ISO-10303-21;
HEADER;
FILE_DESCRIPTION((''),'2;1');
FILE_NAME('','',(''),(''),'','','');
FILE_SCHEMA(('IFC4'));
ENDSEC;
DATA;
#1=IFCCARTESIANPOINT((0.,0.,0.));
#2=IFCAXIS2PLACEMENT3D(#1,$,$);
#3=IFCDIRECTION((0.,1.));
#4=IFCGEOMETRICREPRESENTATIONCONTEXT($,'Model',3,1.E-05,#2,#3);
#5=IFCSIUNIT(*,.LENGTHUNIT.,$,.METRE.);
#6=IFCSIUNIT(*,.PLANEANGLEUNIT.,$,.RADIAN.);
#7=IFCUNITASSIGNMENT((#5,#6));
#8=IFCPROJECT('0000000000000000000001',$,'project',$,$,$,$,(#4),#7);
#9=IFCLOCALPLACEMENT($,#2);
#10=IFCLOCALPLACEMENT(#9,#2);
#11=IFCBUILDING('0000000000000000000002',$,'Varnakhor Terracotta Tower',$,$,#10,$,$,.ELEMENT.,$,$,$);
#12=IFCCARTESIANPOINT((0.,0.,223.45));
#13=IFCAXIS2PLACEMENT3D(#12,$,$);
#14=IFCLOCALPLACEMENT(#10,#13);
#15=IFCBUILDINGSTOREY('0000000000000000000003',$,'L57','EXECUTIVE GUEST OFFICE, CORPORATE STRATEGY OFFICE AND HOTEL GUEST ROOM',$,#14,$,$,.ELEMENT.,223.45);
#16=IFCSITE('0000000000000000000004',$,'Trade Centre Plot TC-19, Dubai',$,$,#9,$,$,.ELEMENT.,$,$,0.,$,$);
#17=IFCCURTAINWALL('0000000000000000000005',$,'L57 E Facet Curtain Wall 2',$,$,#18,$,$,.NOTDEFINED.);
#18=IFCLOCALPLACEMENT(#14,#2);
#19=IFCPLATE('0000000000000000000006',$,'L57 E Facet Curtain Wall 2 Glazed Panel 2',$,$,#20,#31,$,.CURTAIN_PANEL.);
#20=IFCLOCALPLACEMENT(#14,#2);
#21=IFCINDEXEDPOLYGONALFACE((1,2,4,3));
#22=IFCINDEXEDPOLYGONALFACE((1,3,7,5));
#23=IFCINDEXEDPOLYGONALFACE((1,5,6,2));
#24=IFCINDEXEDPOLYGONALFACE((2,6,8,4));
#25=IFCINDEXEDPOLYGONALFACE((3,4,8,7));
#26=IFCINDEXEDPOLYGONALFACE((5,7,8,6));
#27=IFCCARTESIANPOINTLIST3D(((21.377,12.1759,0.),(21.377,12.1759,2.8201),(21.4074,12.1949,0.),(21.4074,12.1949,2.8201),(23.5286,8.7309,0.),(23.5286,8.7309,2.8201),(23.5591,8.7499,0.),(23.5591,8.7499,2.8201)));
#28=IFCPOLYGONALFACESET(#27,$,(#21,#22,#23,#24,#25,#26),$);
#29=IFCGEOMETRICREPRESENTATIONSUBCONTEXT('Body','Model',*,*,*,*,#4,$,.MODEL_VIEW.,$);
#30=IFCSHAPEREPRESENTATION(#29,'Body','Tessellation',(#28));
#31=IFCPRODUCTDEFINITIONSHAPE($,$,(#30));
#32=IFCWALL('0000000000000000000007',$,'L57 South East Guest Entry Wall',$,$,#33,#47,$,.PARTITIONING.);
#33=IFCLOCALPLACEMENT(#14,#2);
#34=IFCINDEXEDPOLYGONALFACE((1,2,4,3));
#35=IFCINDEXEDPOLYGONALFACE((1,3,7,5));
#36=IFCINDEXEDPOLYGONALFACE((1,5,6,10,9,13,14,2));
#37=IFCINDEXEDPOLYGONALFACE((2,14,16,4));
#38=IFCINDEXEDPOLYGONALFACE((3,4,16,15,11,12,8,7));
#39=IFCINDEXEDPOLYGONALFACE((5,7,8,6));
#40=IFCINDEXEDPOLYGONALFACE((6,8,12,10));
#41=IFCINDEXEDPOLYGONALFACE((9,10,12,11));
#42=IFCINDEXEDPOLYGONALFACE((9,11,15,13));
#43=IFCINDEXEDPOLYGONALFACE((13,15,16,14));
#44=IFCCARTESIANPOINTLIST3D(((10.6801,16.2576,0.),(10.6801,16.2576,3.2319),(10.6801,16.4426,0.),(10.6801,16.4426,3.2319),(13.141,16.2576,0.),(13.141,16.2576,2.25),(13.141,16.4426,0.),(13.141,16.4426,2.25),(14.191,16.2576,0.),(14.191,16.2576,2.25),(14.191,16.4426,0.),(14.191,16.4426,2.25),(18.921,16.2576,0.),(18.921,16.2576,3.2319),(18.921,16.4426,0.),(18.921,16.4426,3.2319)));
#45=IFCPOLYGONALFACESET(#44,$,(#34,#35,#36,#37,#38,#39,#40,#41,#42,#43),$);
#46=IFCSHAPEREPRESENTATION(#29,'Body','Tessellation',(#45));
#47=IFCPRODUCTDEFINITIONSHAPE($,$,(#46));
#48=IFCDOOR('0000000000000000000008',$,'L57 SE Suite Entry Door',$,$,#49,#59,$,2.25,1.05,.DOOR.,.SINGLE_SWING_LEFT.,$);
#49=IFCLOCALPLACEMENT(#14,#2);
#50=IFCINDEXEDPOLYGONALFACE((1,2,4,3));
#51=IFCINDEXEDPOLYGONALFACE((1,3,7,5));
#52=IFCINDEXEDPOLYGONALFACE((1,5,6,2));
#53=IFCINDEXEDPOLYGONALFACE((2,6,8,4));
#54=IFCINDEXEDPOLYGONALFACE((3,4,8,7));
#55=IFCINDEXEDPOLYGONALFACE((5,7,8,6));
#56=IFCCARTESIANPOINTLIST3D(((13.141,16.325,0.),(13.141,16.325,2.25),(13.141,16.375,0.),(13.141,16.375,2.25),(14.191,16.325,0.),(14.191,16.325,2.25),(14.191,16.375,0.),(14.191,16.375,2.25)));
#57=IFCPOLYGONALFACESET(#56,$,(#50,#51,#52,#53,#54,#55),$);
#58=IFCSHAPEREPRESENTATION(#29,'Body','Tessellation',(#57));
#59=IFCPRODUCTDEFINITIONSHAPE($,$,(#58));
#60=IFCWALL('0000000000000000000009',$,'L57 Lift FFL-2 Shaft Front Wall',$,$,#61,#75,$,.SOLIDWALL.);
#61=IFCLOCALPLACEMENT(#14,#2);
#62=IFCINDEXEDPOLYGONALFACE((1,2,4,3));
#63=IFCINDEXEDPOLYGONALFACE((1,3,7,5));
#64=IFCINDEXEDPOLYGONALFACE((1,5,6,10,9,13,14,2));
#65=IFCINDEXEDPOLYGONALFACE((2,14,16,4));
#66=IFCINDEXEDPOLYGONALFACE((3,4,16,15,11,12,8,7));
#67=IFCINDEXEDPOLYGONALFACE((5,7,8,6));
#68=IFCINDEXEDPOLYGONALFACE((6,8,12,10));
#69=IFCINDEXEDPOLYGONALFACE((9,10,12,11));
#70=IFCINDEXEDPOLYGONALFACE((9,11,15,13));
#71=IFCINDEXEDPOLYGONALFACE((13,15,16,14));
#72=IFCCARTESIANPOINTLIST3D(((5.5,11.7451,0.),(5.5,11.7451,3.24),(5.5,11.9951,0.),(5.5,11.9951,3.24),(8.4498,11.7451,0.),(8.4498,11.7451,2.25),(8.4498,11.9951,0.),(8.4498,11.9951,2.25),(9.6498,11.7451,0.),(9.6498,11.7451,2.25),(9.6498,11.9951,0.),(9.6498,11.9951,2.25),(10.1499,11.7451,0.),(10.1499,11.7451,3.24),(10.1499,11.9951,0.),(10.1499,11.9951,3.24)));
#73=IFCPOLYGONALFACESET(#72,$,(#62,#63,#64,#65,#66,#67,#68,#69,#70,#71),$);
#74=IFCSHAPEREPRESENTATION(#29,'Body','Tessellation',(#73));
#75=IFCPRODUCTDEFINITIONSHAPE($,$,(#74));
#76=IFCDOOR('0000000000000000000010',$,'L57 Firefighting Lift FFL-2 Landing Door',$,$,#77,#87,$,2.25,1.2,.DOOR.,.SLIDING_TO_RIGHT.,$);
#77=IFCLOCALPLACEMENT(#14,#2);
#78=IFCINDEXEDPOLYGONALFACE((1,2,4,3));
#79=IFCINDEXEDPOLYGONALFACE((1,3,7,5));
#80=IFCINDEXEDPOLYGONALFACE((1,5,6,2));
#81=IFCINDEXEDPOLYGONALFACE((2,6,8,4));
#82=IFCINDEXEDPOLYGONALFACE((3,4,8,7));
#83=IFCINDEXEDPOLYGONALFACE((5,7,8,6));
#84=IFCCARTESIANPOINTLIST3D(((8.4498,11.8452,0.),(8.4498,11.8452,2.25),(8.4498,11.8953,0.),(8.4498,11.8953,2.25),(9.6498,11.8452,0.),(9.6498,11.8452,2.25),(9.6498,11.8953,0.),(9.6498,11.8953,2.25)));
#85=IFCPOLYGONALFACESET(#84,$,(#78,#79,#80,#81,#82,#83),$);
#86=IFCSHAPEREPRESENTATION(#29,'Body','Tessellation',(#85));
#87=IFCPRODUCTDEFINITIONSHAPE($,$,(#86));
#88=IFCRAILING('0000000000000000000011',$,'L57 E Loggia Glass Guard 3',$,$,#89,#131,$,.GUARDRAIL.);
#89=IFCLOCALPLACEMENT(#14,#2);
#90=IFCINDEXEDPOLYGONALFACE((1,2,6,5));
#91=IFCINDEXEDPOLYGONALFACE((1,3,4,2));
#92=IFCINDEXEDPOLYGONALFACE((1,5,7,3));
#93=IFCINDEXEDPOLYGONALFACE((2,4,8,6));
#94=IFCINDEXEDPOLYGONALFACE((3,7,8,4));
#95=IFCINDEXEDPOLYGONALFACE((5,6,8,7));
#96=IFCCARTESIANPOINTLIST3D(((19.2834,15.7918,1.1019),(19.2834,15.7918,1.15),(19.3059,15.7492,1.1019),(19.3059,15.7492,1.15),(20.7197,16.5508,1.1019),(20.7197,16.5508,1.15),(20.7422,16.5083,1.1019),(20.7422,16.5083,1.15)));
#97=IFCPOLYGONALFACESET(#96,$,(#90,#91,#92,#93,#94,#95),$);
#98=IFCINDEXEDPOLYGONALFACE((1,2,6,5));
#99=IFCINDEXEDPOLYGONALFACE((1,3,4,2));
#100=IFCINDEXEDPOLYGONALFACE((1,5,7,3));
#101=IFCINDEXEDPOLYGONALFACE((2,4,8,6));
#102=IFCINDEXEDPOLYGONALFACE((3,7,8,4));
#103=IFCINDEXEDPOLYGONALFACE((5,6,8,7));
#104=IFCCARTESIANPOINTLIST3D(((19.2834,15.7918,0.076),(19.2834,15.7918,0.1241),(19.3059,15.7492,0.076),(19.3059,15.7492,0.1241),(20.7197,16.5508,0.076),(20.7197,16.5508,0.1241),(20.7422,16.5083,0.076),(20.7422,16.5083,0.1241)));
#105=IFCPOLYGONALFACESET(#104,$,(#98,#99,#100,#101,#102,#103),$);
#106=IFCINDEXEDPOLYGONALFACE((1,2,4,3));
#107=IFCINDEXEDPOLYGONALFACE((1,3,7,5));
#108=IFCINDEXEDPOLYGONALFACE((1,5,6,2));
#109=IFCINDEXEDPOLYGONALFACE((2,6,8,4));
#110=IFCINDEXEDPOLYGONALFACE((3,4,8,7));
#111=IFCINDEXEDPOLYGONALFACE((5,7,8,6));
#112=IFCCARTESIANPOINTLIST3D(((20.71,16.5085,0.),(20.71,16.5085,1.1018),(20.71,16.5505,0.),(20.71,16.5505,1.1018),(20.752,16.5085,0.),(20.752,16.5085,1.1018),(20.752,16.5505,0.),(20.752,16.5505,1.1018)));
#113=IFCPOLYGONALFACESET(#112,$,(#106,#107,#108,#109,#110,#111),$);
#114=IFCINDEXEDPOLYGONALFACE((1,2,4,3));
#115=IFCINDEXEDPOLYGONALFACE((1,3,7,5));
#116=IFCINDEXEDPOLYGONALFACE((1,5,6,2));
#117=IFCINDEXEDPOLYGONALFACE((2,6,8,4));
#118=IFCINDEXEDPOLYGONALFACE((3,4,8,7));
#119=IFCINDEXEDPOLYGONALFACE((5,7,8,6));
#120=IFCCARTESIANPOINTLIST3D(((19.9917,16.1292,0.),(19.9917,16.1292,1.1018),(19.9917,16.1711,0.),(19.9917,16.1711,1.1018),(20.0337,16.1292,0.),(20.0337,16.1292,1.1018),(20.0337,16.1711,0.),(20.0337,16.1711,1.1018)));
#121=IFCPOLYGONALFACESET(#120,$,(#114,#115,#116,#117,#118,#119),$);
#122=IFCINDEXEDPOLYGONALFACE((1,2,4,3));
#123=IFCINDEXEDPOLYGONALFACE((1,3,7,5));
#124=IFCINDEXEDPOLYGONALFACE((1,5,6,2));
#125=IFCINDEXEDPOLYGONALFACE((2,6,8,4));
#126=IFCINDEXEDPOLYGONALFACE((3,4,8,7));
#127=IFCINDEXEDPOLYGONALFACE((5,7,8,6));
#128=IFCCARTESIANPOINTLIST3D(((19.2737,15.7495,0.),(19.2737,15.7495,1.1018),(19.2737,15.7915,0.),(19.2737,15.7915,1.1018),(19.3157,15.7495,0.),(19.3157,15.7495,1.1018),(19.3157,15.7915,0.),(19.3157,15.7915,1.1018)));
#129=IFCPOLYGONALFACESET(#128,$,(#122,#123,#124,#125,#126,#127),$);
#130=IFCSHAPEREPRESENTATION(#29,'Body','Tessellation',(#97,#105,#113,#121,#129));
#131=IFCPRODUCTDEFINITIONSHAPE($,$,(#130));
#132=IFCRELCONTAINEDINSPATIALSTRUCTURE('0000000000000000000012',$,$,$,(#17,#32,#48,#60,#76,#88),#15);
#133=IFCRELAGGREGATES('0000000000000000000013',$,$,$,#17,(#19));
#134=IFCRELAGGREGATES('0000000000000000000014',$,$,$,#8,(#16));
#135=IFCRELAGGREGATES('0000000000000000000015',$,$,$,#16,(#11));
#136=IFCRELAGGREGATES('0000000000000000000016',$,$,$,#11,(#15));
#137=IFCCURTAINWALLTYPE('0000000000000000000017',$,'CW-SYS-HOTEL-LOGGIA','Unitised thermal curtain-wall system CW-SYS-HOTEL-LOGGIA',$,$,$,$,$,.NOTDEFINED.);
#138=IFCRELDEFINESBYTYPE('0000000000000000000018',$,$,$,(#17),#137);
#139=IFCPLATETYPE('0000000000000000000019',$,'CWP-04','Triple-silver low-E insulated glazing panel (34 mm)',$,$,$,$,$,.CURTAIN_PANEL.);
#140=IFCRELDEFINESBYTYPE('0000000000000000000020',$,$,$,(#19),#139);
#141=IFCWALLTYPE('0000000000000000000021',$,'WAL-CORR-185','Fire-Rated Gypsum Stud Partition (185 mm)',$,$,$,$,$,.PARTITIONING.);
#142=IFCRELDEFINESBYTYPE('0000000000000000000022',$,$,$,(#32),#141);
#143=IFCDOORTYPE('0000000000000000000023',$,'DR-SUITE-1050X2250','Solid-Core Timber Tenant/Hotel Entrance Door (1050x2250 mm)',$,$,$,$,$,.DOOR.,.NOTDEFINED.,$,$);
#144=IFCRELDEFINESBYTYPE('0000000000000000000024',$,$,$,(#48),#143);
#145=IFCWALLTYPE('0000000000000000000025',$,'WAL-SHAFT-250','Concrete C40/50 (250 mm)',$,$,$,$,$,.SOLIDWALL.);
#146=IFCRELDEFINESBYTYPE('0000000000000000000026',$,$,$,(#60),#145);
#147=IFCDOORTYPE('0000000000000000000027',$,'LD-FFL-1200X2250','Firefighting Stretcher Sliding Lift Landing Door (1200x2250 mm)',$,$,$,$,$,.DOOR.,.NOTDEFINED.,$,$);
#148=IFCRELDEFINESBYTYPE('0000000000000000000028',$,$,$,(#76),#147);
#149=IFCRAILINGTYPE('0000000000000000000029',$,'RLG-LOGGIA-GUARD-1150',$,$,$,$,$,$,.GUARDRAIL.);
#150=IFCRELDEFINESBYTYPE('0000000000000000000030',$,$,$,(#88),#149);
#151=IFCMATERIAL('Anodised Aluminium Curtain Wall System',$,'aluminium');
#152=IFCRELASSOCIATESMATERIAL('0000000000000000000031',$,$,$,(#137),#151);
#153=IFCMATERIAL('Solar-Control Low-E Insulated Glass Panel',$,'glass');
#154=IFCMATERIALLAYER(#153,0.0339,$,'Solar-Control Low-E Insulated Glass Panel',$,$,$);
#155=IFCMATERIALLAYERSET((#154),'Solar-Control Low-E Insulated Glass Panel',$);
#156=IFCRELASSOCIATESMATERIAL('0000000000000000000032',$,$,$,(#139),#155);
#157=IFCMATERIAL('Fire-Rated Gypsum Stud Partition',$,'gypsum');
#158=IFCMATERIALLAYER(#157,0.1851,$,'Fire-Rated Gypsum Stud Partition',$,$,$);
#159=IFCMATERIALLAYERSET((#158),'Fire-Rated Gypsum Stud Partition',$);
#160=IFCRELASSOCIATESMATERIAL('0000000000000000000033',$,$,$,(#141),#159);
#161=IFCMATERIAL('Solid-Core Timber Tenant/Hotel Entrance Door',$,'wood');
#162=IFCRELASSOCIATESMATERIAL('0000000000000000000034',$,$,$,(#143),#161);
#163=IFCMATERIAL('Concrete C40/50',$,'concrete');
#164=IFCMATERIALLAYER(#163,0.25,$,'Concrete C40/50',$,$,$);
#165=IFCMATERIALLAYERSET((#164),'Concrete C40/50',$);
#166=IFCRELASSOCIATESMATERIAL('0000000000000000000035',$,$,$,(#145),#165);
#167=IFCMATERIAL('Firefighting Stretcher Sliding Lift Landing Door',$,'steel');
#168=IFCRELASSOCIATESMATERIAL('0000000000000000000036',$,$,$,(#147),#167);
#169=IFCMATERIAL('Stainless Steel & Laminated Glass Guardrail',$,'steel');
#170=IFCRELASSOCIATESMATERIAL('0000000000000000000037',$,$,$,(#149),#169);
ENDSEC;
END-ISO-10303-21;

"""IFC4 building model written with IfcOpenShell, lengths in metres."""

from ifc_helpers import new_model, si_unit, direction, frame, frame_2d, origin, origin_2d, place, context, subcontext, project, spatial, rectangle, extrude, source, transform, mapped, material, layer, layer_set, type_object, type_shapes, element, fill, aggregate, save


model = new_model("IFC4")

# Units and contexts
model_context = context("Model", 3, precision=1e-05, world=origin(), true_north=direction((0.0, 1.0)))
body_context = subcontext(model_context, "Body", "Model", "MODEL_VIEW")
ifc_project = project(units=[si_unit("LENGTHUNIT", "METRE"), si_unit("PLANEANGLEUNIT", "RADIAN")], contexts=[model_context])

# Site, building, storey
site_placement = place(None, origin())
site = spatial("IfcSite", under=ifc_project, at=site_placement, Name="Trade Centre Plot TC-19, Dubai", CompositionType="ELEMENT", RefElevation=0.0)
building_placement = place(site_placement, origin())
building = spatial("IfcBuilding", under=site, at=building_placement, Name="Varnakhor Terracotta Tower", CompositionType="ELEMENT")
storey_placement = place(building_placement, frame((0.0, 0.0, 223.45)))
storey = spatial("IfcBuildingStorey", under=building, at=storey_placement, Name="L57", Description="EXECUTIVE GUEST OFFICE, CORPORATE STRATEGY OFFICE AND HOTEL GUEST ROOM", CompositionType="ELEMENT", Elevation=223.45)

# Curtain wall
ifc_material_1 = material(Name="Anodised Aluminium Curtain Wall System", Category="aluminium")
curtain_wall_type = type_object("IfcCurtainWallType", Name="CW-SYS-HOTEL-LOGGIA", Description="Unitised thermal curtain-wall system CW-SYS-HOTEL-LOGGIA", PredefinedType="NOTDEFINED", material=ifc_material_1)
curtain_wall_placement = place(storey_placement, origin())
curtain_wall = element("IfcCurtainWall", 1, at=curtain_wall_placement, inside=storey, type_object=curtain_wall_type, Name="L57 E Facet Curtain Wall 2", PredefinedType="NOTDEFINED")

# Plate
ifc_material_2 = material(Name="Solar-Control Low-E Insulated Glass Panel", Category="glass")
ifc_layer_1 = layer(ifc_material_2, 0.0339, Name="Solar-Control Low-E Insulated Glass Panel")
ifc_layer_set_1 = layer_set([ifc_layer_1], Name="Solar-Control Low-E Insulated Glass Panel")
plate_type = type_object("IfcPlateType", Name="CWP-04", Description="Triple-silver low-E insulated glazing panel (34 mm)", PredefinedType="CURTAIN_PANEL", material=ifc_layer_set_1)
shared_shape_1 = source(origin(), body_context, "Body", "SweptSolid", [
    extrude(rectangle(XDim=4.0618, YDim=0.0359, at=origin_2d()), origin(), (0.0, 0.0, 1.0), 2.8201),
])
plate_1_placement = place(storey_placement, frame((22.468, 10.4629, 0.0), z_axis=(0.0, 0.0, 1.0), x_axis=(0.529727, -0.848168, 0.0)))
plate_1 = element("IfcPlate", 2, at=plate_1_placement, type_object=plate_type, Name="L57 E Facet Curtain Wall 2 Glazed Panel 2", PredefinedType="CURTAIN_PANEL", context=body_context, shape_type="MappedRepresentation", body=[
    mapped(shared_shape_1, transform((0.0, 0.0, 0.0), scale=1.0)),
])
aggregate(curtain_wall, [plate_1])

# Walls, openings, doors
ifc_material_3 = material(Name="Fire-Rated Gypsum Stud Partition", Category="gypsum")
ifc_layer_2 = layer(ifc_material_3, 0.1851, Name="Fire-Rated Gypsum Stud Partition")
ifc_layer_set_2 = layer_set([ifc_layer_2], Name="Fire-Rated Gypsum Stud Partition")
wall_type_1 = type_object("IfcWallType", Name="WAL-CORR-185", Description="Fire-Rated Gypsum Stud Partition (185 mm)", PredefinedType="PARTITIONING", material=ifc_layer_set_2)
wall_1_placement = place(storey_placement, frame((10.6799, 16.3501, 0.0), z_axis=(0.0, 0.0, 1.0), x_axis=(1.0, 0.0, 0.0)))
wall_1 = element("IfcWall", 3, at=wall_1_placement, inside=storey, type_object=wall_type_1, Name="L57 South East Guest Entry Wall", PredefinedType="PARTITIONING", context=body_context, shape_type="SweptSolid", body=[
    extrude(rectangle(XDim=8.241, YDim=0.1851, at=frame_2d((4.1206, 0.0))), origin(), (0.0, 0.0, 1.0), 3.2319),
])
opening_1_placement = place(wall_1_placement, frame((2.4612, 0.0, 0.0)))
opening_1 = element("IfcOpeningElement", 4, at=opening_1_placement, cuts=wall_1, PredefinedType="OPENING", context=body_context, shape_type="SweptSolid", body=[
    extrude(rectangle(XDim=1.05, YDim=2.25, at=frame_2d((0.5249, 1.125))), frame((0.0, 0.1025, 0.0), z_axis=(0.0, -1.0, 0.0), x_axis=(1.0, 0.0, 0.0)), (0.0, 0.0, 1.0), 0.2051),
])
ifc_material_4 = material(Name="Solid-Core Timber Tenant/Hotel Entrance Door", Category="wood")
door_type_1 = type_object("IfcDoorType", Name="DR-SUITE-1050X2250", Description="Solid-Core Timber Tenant/Hotel Entrance Door (1050x2250 mm)", OperationType="NOTDEFINED", PredefinedType="DOOR", material=ifc_material_4)
shared_shape_2 = source(origin(), body_context, "Body", "SweptSolid", [
    extrude(rectangle(XDim=1.05, YDim=2.25, at=frame_2d((0.5249, 1.125))), frame((0.0, 0.0249, 0.0), z_axis=(0.0, -1.0, 0.0), x_axis=(1.0, 0.0, 0.0)), (0.0, 0.0, 1.0), 0.05),
])
type_shapes(door_type_1, [shared_shape_2])
door_1_placement = place(opening_1_placement, origin())
door_1 = element("IfcDoor", 5, at=door_1_placement, inside=storey, type_object=door_type_1, Name="L57 SE Suite Entry Door", OperationType="SINGLE_SWING_LEFT", OverallHeight=2.25, OverallWidth=1.05, PredefinedType="DOOR", context=body_context, shape_type="MappedRepresentation", body=[
    mapped(shared_shape_2, transform((0.0, 0.0, 0.0), scale=1.0)),
])
fill(opening_1, door_1)
ifc_material_5 = material(Name="Concrete C40/50", Category="concrete")
ifc_layer_3 = layer(ifc_material_5, 0.25, Name="Concrete C40/50")
ifc_layer_set_3 = layer_set([ifc_layer_3], Name="Concrete C40/50")
wall_type_2 = type_object("IfcWallType", Name="WAL-SHAFT-250", Description="Concrete C40/50 (250 mm)", PredefinedType="SOLIDWALL", material=ifc_layer_set_3)
wall_2_placement = place(storey_placement, frame((10.1499, 11.8701, 0.0), z_axis=(0.0, 0.0, 1.0), x_axis=(-1.0, 0.0, 0.0)))
wall_2 = element("IfcWall", 6, at=wall_2_placement, inside=storey, type_object=wall_type_2, Name="L57 Lift FFL-2 Shaft Front Wall", PredefinedType="SOLIDWALL", context=body_context, shape_type="SweptSolid", body=[
    extrude(rectangle(XDim=4.6499, YDim=0.25, at=frame_2d((2.325, 0.0))), origin(), (0.0, 0.0, 1.0), 3.24),
])
opening_2_placement = place(wall_2_placement, frame((0.5, 0.0, 0.0)))
opening_2 = element("IfcOpeningElement", 7, at=opening_2_placement, cuts=wall_2, PredefinedType="OPENING", context=body_context, shape_type="SweptSolid", body=[
    extrude(rectangle(XDim=1.2, YDim=2.25, at=frame_2d((0.6001, 1.125))), frame((0.0, 0.135, 0.0), z_axis=(0.0, -1.0, 0.0), x_axis=(1.0, 0.0, 0.0)), (0.0, 0.0, 1.0), 0.27),
])
ifc_material_6 = material(Name="Firefighting Stretcher Sliding Lift Landing Door", Category="steel")
door_type_2 = type_object("IfcDoorType", Name="LD-FFL-1200X2250", Description="Firefighting Stretcher Sliding Lift Landing Door (1200x2250 mm)", OperationType="NOTDEFINED", PredefinedType="DOOR", material=ifc_material_6)
shared_shape_3 = source(origin(), body_context, "Body", "SweptSolid", [
    extrude(rectangle(XDim=1.2, YDim=2.25, at=frame_2d((0.6001, 1.125))), frame((0.0, 0.0249, 0.0), z_axis=(0.0, -1.0, 0.0), x_axis=(1.0, 0.0, 0.0)), (0.0, 0.0, 1.0), 0.05),
])
type_shapes(door_type_2, [shared_shape_3])
door_2_placement = place(opening_2_placement, origin())
door_2 = element("IfcDoor", 8, at=door_2_placement, inside=storey, type_object=door_type_2, Name="L57 Firefighting Lift FFL-2 Landing Door", OperationType="SLIDING_TO_RIGHT", OverallHeight=2.25, OverallWidth=1.2, PredefinedType="DOOR", context=body_context, shape_type="MappedRepresentation", body=[
    mapped(shared_shape_3, transform((0.0, 0.0, 0.0), scale=1.0)),
])
fill(opening_2, door_2)

# Railing
ifc_material_7 = material(Name="Stainless Steel & Laminated Glass Guardrail", Category="steel")
railing_type = type_object("IfcRailingType", Name="RLG-LOGGIA-GUARD-1150", PredefinedType="GUARDRAIL", material=ifc_material_7)
railing_placement = place(storey_placement, frame((20.731, 16.5295, 0.0)))
element("IfcRailing", 9, at=railing_placement, inside=storey, type_object=railing_type, Name="L57 E Loggia Glass Guard 3", PredefinedType="GUARDRAIL", context=body_context, shape_type="SweptSolid", body=[
    extrude(rectangle(XDim=0.0481, YDim=0.0481, at=origin_2d()), frame((0.0, 0.0, 1.126), z_axis=(-0.884131, -0.467239, 0.0), x_axis=(0.467239, -0.884131, 0.0)), (0.0, 0.0, 1.0), 1.6245),
    extrude(rectangle(XDim=0.0481, YDim=0.0481, at=origin_2d()), frame((0.0, 0.0, 0.1001), z_axis=(-0.884131, -0.467239, 0.0), x_axis=(0.467239, -0.884131, 0.0)), (0.0, 0.0, 1.0), 1.6245),
    extrude(rectangle(XDim=0.042, YDim=0.042, at=origin_2d()), origin(), (0.0, 0.0, 1.0), 1.1018),
    extrude(rectangle(XDim=0.042, YDim=0.042, at=origin_2d()), frame((-0.7183, -0.3794, 0.0)), (0.0, 0.0, 1.0), 1.1018),
    extrude(rectangle(XDim=0.042, YDim=0.042, at=origin_2d()), frame((-1.4363, -0.759, 0.0)), (0.0, 0.0, 1.0), 1.1018),
])

save(model, "model.ifc")
